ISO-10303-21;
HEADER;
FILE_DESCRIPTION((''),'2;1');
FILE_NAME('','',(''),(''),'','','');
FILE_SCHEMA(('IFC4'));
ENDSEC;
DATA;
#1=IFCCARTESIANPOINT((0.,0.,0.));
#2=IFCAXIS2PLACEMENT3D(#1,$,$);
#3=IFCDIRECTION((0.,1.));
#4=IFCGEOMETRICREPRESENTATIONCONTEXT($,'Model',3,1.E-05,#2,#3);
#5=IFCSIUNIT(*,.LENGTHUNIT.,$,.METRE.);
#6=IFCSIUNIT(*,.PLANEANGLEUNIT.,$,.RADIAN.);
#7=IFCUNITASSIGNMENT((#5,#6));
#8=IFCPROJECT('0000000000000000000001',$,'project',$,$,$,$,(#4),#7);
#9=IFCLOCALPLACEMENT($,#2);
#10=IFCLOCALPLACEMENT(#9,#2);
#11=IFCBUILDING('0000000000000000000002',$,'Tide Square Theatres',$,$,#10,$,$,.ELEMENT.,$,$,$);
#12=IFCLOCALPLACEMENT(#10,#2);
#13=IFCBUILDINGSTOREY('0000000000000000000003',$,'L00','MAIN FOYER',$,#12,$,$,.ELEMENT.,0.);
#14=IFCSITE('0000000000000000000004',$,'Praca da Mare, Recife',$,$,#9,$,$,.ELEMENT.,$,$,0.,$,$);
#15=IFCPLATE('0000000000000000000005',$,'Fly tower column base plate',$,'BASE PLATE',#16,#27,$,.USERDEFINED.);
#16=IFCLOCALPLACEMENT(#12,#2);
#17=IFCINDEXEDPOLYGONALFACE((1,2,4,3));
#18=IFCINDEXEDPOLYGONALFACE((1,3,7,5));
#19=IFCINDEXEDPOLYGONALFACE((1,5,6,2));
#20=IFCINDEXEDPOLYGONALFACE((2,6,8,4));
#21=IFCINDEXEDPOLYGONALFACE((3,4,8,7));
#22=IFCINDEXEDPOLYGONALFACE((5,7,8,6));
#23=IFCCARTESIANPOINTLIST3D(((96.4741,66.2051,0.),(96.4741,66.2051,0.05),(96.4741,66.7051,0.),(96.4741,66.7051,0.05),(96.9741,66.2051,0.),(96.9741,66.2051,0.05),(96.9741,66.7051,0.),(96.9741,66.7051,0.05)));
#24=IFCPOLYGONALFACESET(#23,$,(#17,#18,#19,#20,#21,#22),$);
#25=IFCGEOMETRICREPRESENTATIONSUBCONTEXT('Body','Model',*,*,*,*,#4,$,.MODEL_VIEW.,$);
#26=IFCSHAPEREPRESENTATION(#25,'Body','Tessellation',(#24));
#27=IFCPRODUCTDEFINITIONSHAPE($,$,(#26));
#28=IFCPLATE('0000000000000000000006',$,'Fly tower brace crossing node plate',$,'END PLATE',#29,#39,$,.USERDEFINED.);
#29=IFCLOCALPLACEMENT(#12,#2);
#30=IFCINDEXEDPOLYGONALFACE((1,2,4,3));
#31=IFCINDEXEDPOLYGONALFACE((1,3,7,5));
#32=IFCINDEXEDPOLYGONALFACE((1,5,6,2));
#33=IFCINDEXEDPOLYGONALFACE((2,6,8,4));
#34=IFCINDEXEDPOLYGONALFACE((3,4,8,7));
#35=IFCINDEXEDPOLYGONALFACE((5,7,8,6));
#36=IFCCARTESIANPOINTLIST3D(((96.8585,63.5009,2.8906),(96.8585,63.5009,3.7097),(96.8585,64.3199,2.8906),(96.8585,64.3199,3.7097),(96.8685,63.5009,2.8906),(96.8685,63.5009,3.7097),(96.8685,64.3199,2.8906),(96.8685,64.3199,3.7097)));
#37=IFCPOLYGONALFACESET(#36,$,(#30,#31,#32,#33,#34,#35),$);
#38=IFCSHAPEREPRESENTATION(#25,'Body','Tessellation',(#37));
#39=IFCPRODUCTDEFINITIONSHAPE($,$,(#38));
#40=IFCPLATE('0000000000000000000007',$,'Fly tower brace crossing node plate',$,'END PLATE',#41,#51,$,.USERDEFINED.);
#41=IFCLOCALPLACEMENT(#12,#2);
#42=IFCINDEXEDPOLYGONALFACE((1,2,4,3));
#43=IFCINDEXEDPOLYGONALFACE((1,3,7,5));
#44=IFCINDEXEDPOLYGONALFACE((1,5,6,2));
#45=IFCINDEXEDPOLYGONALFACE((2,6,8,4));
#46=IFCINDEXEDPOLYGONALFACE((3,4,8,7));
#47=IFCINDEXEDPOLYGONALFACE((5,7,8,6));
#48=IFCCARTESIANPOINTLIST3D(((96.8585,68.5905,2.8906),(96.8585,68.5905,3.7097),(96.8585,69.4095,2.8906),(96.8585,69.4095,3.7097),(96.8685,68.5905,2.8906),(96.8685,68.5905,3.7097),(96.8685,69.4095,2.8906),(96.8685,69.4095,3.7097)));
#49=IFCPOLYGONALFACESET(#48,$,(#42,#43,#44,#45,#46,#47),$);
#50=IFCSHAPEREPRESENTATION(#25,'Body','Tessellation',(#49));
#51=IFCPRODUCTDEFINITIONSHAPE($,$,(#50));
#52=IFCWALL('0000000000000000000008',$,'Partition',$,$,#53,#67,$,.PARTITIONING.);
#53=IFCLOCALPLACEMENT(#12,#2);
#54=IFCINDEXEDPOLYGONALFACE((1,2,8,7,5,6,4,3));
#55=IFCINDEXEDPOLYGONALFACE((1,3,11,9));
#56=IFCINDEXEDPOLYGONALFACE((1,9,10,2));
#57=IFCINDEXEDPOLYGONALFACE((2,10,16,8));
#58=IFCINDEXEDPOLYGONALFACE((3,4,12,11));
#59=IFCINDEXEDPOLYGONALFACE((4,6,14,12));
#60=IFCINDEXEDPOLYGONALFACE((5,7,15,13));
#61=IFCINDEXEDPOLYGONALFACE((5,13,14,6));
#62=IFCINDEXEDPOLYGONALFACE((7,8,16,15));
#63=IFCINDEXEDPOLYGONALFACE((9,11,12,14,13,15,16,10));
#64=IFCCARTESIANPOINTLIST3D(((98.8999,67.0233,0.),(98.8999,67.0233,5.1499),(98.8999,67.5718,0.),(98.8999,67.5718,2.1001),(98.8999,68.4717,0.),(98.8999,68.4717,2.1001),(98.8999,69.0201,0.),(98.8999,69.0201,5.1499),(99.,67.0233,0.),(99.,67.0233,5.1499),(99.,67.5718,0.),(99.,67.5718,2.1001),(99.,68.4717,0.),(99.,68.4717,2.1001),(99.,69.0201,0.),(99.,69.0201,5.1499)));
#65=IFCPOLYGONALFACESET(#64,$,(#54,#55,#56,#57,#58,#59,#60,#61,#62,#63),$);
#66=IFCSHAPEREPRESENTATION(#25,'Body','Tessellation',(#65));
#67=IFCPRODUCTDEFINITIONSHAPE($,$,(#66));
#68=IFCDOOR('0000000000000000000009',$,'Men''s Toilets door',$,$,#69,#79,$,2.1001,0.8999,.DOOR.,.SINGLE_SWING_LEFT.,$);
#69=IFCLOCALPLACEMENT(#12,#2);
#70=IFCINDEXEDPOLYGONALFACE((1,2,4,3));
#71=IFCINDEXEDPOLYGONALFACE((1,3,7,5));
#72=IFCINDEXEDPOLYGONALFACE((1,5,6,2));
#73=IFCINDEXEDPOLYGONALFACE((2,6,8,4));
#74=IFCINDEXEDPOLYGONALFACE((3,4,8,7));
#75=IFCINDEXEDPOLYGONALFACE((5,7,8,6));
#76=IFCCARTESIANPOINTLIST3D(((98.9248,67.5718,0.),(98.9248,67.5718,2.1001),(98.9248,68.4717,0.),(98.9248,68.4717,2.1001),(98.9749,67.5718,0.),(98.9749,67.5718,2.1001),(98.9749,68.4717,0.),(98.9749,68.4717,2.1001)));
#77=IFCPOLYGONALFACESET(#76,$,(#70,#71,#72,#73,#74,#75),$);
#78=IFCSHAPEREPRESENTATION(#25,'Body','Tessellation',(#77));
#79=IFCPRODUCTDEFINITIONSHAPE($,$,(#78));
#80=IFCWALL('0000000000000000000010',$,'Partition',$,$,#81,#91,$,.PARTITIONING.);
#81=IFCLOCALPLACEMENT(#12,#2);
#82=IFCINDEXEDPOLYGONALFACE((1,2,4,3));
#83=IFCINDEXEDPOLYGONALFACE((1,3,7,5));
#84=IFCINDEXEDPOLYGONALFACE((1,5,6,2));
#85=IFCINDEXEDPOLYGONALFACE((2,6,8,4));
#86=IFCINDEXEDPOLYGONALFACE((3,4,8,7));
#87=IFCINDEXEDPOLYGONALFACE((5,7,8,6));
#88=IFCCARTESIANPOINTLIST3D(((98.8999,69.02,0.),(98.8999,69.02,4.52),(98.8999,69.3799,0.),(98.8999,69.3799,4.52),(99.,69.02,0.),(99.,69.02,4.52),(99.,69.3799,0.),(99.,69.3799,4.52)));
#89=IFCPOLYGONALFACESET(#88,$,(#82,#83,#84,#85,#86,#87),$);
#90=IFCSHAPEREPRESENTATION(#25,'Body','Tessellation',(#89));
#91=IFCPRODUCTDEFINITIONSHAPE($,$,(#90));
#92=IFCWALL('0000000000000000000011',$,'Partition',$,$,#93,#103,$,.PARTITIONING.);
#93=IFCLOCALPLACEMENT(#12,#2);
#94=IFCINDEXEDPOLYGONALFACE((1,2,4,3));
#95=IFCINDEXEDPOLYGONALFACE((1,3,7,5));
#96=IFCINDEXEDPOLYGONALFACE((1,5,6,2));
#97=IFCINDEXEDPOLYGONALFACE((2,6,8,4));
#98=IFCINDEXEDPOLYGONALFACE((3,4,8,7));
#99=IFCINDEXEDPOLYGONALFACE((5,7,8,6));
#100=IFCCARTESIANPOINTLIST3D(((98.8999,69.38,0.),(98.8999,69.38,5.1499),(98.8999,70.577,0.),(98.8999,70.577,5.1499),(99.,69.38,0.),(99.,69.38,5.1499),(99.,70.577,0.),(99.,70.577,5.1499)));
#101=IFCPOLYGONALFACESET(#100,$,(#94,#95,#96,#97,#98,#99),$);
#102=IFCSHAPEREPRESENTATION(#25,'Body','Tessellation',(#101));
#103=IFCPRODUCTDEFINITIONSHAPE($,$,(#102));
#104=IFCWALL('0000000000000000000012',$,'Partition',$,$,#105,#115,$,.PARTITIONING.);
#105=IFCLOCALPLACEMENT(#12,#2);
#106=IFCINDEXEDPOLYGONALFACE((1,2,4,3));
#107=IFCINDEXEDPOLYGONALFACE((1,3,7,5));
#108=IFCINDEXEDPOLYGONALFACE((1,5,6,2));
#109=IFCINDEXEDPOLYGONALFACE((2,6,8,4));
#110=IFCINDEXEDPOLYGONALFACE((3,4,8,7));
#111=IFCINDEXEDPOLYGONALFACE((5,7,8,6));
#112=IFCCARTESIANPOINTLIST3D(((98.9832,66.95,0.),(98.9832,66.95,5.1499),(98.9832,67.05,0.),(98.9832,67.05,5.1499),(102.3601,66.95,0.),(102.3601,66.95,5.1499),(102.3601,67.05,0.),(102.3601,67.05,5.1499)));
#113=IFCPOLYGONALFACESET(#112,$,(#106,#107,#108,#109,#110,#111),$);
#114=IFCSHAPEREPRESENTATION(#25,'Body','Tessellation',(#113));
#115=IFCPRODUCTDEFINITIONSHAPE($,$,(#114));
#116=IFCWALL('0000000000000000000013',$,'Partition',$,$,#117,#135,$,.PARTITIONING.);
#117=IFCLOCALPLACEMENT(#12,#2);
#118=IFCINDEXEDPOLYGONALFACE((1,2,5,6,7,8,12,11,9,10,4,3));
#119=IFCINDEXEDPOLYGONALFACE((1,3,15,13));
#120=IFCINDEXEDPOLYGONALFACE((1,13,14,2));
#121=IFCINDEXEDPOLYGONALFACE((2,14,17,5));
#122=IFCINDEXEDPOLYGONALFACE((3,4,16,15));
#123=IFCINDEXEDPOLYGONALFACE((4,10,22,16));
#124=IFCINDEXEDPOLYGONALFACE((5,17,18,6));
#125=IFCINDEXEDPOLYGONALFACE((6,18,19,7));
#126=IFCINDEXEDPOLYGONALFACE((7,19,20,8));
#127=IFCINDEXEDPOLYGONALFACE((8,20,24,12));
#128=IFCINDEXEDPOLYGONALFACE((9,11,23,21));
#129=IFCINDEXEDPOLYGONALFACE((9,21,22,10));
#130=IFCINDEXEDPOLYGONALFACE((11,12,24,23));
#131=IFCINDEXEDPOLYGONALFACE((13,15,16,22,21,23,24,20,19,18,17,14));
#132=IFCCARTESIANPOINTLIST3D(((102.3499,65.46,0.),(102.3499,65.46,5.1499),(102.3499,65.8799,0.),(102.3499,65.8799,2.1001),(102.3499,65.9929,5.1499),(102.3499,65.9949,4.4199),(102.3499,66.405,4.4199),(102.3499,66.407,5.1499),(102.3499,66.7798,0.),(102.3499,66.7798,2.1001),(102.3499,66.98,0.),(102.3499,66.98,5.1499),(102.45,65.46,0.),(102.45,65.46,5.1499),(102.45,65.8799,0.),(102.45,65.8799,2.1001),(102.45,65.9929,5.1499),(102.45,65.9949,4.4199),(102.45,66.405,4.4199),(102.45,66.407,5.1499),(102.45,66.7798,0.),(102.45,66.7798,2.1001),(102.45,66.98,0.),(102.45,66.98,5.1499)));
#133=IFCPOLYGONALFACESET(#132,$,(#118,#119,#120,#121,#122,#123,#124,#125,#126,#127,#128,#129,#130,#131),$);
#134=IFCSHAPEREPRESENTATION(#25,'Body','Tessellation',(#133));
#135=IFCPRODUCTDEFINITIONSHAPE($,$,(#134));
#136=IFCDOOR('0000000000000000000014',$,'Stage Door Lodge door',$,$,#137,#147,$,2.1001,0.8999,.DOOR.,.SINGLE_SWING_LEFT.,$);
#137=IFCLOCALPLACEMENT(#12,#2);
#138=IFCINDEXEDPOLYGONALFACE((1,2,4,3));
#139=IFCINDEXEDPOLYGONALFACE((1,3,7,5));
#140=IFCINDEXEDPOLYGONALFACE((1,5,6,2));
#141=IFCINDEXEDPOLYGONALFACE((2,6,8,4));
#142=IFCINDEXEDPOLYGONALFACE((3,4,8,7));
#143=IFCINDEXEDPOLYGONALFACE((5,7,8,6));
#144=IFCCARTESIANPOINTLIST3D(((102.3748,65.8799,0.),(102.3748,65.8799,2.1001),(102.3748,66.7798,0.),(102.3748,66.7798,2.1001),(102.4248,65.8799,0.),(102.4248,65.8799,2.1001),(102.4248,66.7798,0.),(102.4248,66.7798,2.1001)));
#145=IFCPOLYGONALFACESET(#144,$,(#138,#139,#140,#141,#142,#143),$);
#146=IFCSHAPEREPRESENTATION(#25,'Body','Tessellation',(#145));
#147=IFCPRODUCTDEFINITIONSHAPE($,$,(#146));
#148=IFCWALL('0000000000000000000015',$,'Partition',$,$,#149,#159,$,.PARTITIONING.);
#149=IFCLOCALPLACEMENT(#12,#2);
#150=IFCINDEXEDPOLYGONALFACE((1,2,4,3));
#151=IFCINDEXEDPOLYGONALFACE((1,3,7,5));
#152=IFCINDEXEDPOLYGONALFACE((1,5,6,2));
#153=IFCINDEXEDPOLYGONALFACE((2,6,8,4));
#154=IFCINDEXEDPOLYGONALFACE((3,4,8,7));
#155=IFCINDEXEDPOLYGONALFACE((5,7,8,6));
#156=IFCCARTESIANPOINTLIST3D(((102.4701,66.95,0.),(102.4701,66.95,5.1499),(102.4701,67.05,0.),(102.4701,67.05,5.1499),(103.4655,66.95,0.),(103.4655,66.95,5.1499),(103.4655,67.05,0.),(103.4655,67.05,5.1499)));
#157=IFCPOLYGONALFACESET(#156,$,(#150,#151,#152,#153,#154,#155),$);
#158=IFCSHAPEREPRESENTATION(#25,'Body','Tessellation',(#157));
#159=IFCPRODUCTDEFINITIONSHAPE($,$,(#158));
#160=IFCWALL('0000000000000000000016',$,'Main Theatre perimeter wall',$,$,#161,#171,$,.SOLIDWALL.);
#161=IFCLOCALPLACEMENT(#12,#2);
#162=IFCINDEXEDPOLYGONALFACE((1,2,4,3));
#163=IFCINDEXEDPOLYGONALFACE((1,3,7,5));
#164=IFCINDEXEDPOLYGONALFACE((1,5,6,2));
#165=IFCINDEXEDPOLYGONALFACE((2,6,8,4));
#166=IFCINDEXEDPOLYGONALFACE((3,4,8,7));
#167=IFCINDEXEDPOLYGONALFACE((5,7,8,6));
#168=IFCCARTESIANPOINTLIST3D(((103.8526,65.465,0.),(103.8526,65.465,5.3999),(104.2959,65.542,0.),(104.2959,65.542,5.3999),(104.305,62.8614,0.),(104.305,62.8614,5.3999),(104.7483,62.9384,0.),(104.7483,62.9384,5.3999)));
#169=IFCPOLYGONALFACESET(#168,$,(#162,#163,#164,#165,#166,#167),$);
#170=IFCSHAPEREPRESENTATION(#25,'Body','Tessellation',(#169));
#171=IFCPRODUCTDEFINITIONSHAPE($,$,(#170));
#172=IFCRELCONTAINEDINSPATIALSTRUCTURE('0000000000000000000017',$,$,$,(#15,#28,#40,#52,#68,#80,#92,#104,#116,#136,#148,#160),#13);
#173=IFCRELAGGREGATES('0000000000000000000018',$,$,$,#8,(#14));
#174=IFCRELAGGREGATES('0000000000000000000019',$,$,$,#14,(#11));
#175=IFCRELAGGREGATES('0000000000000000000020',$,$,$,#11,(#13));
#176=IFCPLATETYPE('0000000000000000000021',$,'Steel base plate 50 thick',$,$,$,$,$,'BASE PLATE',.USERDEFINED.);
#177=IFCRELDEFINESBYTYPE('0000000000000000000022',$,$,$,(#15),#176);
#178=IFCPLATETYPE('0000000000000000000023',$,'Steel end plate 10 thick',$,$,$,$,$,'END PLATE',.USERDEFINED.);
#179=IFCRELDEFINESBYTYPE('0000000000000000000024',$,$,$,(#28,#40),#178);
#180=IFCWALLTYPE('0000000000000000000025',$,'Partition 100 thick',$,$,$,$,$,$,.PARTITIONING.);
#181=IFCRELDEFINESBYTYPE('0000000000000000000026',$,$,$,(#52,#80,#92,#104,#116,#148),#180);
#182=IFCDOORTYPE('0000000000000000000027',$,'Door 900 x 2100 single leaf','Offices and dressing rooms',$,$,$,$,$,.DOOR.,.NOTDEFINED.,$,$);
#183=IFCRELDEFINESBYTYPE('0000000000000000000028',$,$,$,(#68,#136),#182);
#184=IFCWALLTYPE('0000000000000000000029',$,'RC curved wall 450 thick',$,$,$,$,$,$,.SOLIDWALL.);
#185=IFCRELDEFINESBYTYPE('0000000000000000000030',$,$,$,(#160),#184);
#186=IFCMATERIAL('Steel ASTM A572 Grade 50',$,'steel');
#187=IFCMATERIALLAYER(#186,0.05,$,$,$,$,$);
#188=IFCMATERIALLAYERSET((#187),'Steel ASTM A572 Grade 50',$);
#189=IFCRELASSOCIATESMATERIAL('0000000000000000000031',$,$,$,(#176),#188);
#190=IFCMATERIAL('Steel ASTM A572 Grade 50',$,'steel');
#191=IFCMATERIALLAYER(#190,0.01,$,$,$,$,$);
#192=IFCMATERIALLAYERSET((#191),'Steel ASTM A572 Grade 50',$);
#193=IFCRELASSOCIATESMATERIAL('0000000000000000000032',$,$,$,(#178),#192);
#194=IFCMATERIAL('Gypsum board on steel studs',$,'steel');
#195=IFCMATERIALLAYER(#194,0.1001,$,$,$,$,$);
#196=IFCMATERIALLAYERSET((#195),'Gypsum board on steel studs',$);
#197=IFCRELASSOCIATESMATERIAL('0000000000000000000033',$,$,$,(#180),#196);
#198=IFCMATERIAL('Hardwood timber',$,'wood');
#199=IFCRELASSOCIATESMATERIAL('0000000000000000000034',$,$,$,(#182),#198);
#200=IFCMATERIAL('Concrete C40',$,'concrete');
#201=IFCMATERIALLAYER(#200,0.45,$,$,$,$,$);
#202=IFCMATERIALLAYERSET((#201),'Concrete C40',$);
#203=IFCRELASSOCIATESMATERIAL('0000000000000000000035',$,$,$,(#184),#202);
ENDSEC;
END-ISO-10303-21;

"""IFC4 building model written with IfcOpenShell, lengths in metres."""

from ifc_helpers import new_model, si_unit, direction, frame, frame_2d, origin, origin_2d, place, context, subcontext, project, spatial, polyline, rectangle, outline, extrude, material, layer, layer_set, type_object, element, fill, save


model = new_model("IFC4")

# Units and contexts
model_context = context("Model", 3, precision=1e-05, world=origin(), true_north=direction((0.0, 1.0)))
body_context = subcontext(model_context, "Body", "Model", "MODEL_VIEW")
ifc_project = project(units=[si_unit("LENGTHUNIT", "METRE"), si_unit("PLANEANGLEUNIT", "RADIAN")], contexts=[model_context])

# Site, building, storey
site_placement = place(None, origin())
site = spatial("IfcSite", under=ifc_project, at=site_placement, Name="Praca da Mare, Recife", CompositionType="ELEMENT", RefElevation=0.0)
building_placement = place(site_placement, origin())
building = spatial("IfcBuilding", under=site, at=building_placement, Name="Tide Square Theatres", CompositionType="ELEMENT")
storey_placement = place(building_placement, origin())
storey = spatial("IfcBuildingStorey", under=building, at=storey_placement, Name="L00", Description="MAIN FOYER", CompositionType="ELEMENT", Elevation=0.0)

# Plates
ifc_material_1 = material(Name="Steel ASTM A572 Grade 50", Category="steel")
ifc_layer_1 = layer(ifc_material_1, 0.05)
ifc_layer_set_1 = layer_set([ifc_layer_1], Name="Steel ASTM A572 Grade 50")
plate_type_1 = type_object("IfcPlateType", Name="Steel base plate 50 thick", ElementType="BASE PLATE", PredefinedType="USERDEFINED", material=ifc_layer_set_1)
plate_placement = place(storey_placement, frame((96.7241, 66.4551, 0.0), z_axis=(0.0, 0.0, 1.0), x_axis=(1.0, 0.0, 0.0)))
element("IfcPlate", 1, at=plate_placement, inside=storey, type_object=plate_type_1, Name="Fly tower column base plate", ObjectType="BASE PLATE", PredefinedType="USERDEFINED", context=body_context, shape_type="SweptSolid", body=[
    extrude(rectangle(XDim=0.5, YDim=0.5, at=origin_2d()), origin(), (0.0, 0.0, 1.0), 0.05),
])
ifc_material_2 = material(Name="Steel ASTM A572 Grade 50", Category="steel")
ifc_layer_2 = layer(ifc_material_2, 0.01)
ifc_layer_set_2 = layer_set([ifc_layer_2], Name="Steel ASTM A572 Grade 50")
plate_type_2 = type_object("IfcPlateType", Name="Steel end plate 10 thick", ElementType="END PLATE", PredefinedType="USERDEFINED", material=ifc_layer_set_2)
for number, where, z_axis, x_axis, name in (
    (2, (96.8635, 63.9104, 2.8906), (0.0, 0.0, 1.0), (1.0, 0.0, 0.0), "Fly tower brace crossing node plate"),
    (3, (96.8635, 69.0, 2.8906), (0.0, 0.0, 1.0), (1.0, 0.0, 0.0), "Fly tower brace crossing node plate"),
):
    element("IfcPlate", number, at=place(storey_placement, frame(where, z_axis=z_axis, x_axis=x_axis)), inside=storey, type_object=plate_type_2, Name=name, ObjectType="END PLATE", PredefinedType="USERDEFINED", context=body_context, shape_type="SweptSolid", body=[
        extrude(rectangle(XDim=0.01, YDim=0.8191, at=origin_2d()), origin(), (0.0, 0.0, 1.0), 0.8191),
    ])

# Wall, opening, door
ifc_material_3 = material(Name="Gypsum board on steel studs", Category="steel")
ifc_layer_3 = layer(ifc_material_3, 0.1001)
ifc_layer_set_3 = layer_set([ifc_layer_3], Name="Gypsum board on steel studs")
wall_type_1 = type_object("IfcWallType", Name="Partition 100 thick", PredefinedType="PARTITIONING", material=ifc_layer_set_3)
wall_1_placement = place(storey_placement, frame((98.95, 67.0232, 0.0), z_axis=(0.0, 0.0, 1.0), x_axis=(0.0, 1.0, 0.0)))
wall_1 = element("IfcWall", 4, at=wall_1_placement, inside=storey, type_object=wall_type_1, Name="Partition", PredefinedType="PARTITIONING", context=body_context, shape_type="SweptSolid", body=[
    extrude(rectangle(XDim=1.9968, YDim=0.1001, at=frame_2d((0.9985, 0.0))), origin(), (0.0, 0.0, 1.0), 5.1499),
])
opening_1_placement = place(wall_1_placement, frame((0.5486, 0.0, 0.0)))
opening_1 = element("IfcOpeningElement", 5, at=opening_1_placement, cuts=wall_1, PredefinedType="OPENING", context=body_context, shape_type="SweptSolid", body=[
    extrude(rectangle(XDim=0.8999, YDim=2.1001, at=frame_2d((0.45, 1.05))), frame((0.0, 0.0601, 0.0), z_axis=(0.0, -1.0, 0.0), x_axis=(1.0, 0.0, 0.0)), (0.0, 0.0, 1.0), 0.1201),
])
ifc_material_4 = material(Name="Hardwood timber", Category="wood")
door_type_1 = type_object("IfcDoorType", Name="Door 900 x 2100 single leaf", Description="Offices and dressing rooms", OperationType="NOTDEFINED", PredefinedType="DOOR", material=ifc_material_4)
door_1_placement = place(opening_1_placement, frame((0.8999, 0.0, 0.0), z_axis=(0.0, 0.0, 1.0), x_axis=(-1.0, 0.0, 0.0)))
door_1 = element("IfcDoor", 6, at=door_1_placement, inside=storey, type_object=door_type_1, Name="Men's Toilets door", OperationType="SINGLE_SWING_LEFT", OverallHeight=2.1001, OverallWidth=0.8999, PredefinedType="DOOR", context=body_context, shape_type="SweptSolid", body=[
    extrude(rectangle(XDim=0.8999, YDim=2.1001, at=frame_2d((0.45, 1.05))), frame((0.0, 0.0249, 0.0), z_axis=(0.0, -1.0, 0.0), x_axis=(1.0, 0.0, 0.0)), (0.0, 0.0, 1.0), 0.05),
])
fill(opening_1, door_1)

# Walls
wall_2_placement = place(storey_placement, frame((98.95, 69.02, 0.0), z_axis=(0.0, 0.0, 1.0), x_axis=(0.0, 1.0, 0.0)))
element("IfcWall", 7, at=wall_2_placement, inside=storey, type_object=wall_type_1, Name="Partition", PredefinedType="PARTITIONING", context=body_context, shape_type="SweptSolid", body=[
    extrude(rectangle(XDim=0.3599, YDim=0.1001, at=frame_2d((0.1799, 0.0))), origin(), (0.0, 0.0, 1.0), 4.52),
])
wall_3_placement = place(storey_placement, frame((98.95, 69.3799, 0.0), z_axis=(0.0, 0.0, 1.0), x_axis=(0.0, 1.0, 0.0)))
element("IfcWall", 8, at=wall_3_placement, inside=storey, type_object=wall_type_1, Name="Partition", PredefinedType="PARTITIONING", context=body_context, shape_type="SweptSolid", body=[
    extrude(rectangle(XDim=1.197, YDim=0.1001, at=frame_2d((0.5986, 0.0))), origin(), (0.0, 0.0, 1.0), 5.1499),
])
wall_4_placement = place(storey_placement, frame((102.3601, 67.0, 0.0), z_axis=(0.0, 0.0, 1.0), x_axis=(-1.0, 0.0, 0.0)))
element("IfcWall", 9, at=wall_4_placement, inside=storey, type_object=wall_type_1, Name="Partition", PredefinedType="PARTITIONING", context=body_context, shape_type="SweptSolid", body=[
    extrude(rectangle(XDim=3.377, YDim=0.1001, at=frame_2d((1.6885, 0.0))), origin(), (0.0, 0.0, 1.0), 5.1499),
])

# Wall, opening, door
wall_5_placement = place(storey_placement, frame((102.3999, 65.46, 0.0), z_axis=(0.0, 0.0, 1.0), x_axis=(0.0, 1.0, 0.0)))
wall_5 = element("IfcWall", 10, at=wall_5_placement, inside=storey, type_object=wall_type_1, Name="Partition", PredefinedType="PARTITIONING", context=body_context, shape_type="SweptSolid", body=[
    extrude(outline(polyline([(0.0, 0.0), (1.52, 0.0), (1.52, 5.1499), (0.947, 5.1499), (0.9451, 4.4199), (0.5349, 4.4199), (0.533, 5.1499), (0.0, 5.1499), (0.0, 0.0)])), frame((0.0, 0.05, 0.0), z_axis=(0.0, -1.0, 0.0), x_axis=(1.0, 0.0, 0.0)), (0.0, 0.0, 1.0), 0.1001),
])
opening_2_placement = place(wall_5_placement, frame((0.4199, 0.0, 0.0)))
opening_2 = element("IfcOpeningElement", 11, at=opening_2_placement, cuts=wall_5, PredefinedType="OPENING", context=body_context, shape_type="SweptSolid", body=[
    extrude(rectangle(XDim=0.8999, YDim=2.1001, at=frame_2d((0.45, 1.05))), frame((0.0, 0.0601, 0.0), z_axis=(0.0, -1.0, 0.0), x_axis=(1.0, 0.0, 0.0)), (0.0, 0.0, 1.0), 0.1201),
])
door_2_placement = place(opening_2_placement, frame((0.8999, 0.0, 0.0), z_axis=(0.0, 0.0, 1.0), x_axis=(-1.0, 0.0, 0.0)))
door_2 = element("IfcDoor", 12, at=door_2_placement, inside=storey, type_object=door_type_1, Name="Stage Door Lodge door", OperationType="SINGLE_SWING_LEFT", OverallHeight=2.1001, OverallWidth=0.8999, PredefinedType="DOOR", context=body_context, shape_type="SweptSolid", body=[
    extrude(rectangle(XDim=0.8999, YDim=2.1001, at=frame_2d((0.45, 1.05))), frame((0.0, 0.0249, 0.0), z_axis=(0.0, -1.0, 0.0), x_axis=(1.0, 0.0, 0.0)), (0.0, 0.0, 1.0), 0.05),
])
fill(opening_2, door_2)

# Walls
wall_6_placement = place(storey_placement, frame((103.4653, 67.0, 0.0), z_axis=(0.0, 0.0, 1.0), x_axis=(-1.0, 0.0, 0.0)))
element("IfcWall", 13, at=wall_6_placement, inside=storey, type_object=wall_type_1, Name="Partition", PredefinedType="PARTITIONING", context=body_context, shape_type="SweptSolid", body=[
    extrude(rectangle(XDim=0.9954, YDim=0.1001, at=frame_2d((0.4976, 0.0))), origin(), (0.0, 0.0, 1.0), 5.1499),
])
ifc_material_5 = material(Name="Concrete C40", Category="concrete")
ifc_layer_4 = layer(ifc_material_5, 0.45)
ifc_layer_set_4 = layer_set([ifc_layer_4], Name="Concrete C40")
wall_type_2 = type_object("IfcWallType", Name="RC curved wall 450 thick", PredefinedType="SOLIDWALL", material=ifc_layer_set_4)
wall_7_placement = place(storey_placement, frame((104.5266, 62.8999, 0.0), z_axis=(0.0, 0.0, 1.0), x_axis=(-0.171197, 0.985237, 0.0)))
element("IfcWall", 14, at=wall_7_placement, inside=storey, type_object=wall_type_2, Name="Main Theatre perimeter wall", PredefinedType="SOLIDWALL", context=body_context, shape_type="SweptSolid", body=[
    extrude(rectangle(XDim=2.6426, YDim=0.45, at=frame_2d((1.3213, 0.0))), origin(), (0.0, 0.0, 1.0), 5.3999),
])

save(model, "model.ifc")
